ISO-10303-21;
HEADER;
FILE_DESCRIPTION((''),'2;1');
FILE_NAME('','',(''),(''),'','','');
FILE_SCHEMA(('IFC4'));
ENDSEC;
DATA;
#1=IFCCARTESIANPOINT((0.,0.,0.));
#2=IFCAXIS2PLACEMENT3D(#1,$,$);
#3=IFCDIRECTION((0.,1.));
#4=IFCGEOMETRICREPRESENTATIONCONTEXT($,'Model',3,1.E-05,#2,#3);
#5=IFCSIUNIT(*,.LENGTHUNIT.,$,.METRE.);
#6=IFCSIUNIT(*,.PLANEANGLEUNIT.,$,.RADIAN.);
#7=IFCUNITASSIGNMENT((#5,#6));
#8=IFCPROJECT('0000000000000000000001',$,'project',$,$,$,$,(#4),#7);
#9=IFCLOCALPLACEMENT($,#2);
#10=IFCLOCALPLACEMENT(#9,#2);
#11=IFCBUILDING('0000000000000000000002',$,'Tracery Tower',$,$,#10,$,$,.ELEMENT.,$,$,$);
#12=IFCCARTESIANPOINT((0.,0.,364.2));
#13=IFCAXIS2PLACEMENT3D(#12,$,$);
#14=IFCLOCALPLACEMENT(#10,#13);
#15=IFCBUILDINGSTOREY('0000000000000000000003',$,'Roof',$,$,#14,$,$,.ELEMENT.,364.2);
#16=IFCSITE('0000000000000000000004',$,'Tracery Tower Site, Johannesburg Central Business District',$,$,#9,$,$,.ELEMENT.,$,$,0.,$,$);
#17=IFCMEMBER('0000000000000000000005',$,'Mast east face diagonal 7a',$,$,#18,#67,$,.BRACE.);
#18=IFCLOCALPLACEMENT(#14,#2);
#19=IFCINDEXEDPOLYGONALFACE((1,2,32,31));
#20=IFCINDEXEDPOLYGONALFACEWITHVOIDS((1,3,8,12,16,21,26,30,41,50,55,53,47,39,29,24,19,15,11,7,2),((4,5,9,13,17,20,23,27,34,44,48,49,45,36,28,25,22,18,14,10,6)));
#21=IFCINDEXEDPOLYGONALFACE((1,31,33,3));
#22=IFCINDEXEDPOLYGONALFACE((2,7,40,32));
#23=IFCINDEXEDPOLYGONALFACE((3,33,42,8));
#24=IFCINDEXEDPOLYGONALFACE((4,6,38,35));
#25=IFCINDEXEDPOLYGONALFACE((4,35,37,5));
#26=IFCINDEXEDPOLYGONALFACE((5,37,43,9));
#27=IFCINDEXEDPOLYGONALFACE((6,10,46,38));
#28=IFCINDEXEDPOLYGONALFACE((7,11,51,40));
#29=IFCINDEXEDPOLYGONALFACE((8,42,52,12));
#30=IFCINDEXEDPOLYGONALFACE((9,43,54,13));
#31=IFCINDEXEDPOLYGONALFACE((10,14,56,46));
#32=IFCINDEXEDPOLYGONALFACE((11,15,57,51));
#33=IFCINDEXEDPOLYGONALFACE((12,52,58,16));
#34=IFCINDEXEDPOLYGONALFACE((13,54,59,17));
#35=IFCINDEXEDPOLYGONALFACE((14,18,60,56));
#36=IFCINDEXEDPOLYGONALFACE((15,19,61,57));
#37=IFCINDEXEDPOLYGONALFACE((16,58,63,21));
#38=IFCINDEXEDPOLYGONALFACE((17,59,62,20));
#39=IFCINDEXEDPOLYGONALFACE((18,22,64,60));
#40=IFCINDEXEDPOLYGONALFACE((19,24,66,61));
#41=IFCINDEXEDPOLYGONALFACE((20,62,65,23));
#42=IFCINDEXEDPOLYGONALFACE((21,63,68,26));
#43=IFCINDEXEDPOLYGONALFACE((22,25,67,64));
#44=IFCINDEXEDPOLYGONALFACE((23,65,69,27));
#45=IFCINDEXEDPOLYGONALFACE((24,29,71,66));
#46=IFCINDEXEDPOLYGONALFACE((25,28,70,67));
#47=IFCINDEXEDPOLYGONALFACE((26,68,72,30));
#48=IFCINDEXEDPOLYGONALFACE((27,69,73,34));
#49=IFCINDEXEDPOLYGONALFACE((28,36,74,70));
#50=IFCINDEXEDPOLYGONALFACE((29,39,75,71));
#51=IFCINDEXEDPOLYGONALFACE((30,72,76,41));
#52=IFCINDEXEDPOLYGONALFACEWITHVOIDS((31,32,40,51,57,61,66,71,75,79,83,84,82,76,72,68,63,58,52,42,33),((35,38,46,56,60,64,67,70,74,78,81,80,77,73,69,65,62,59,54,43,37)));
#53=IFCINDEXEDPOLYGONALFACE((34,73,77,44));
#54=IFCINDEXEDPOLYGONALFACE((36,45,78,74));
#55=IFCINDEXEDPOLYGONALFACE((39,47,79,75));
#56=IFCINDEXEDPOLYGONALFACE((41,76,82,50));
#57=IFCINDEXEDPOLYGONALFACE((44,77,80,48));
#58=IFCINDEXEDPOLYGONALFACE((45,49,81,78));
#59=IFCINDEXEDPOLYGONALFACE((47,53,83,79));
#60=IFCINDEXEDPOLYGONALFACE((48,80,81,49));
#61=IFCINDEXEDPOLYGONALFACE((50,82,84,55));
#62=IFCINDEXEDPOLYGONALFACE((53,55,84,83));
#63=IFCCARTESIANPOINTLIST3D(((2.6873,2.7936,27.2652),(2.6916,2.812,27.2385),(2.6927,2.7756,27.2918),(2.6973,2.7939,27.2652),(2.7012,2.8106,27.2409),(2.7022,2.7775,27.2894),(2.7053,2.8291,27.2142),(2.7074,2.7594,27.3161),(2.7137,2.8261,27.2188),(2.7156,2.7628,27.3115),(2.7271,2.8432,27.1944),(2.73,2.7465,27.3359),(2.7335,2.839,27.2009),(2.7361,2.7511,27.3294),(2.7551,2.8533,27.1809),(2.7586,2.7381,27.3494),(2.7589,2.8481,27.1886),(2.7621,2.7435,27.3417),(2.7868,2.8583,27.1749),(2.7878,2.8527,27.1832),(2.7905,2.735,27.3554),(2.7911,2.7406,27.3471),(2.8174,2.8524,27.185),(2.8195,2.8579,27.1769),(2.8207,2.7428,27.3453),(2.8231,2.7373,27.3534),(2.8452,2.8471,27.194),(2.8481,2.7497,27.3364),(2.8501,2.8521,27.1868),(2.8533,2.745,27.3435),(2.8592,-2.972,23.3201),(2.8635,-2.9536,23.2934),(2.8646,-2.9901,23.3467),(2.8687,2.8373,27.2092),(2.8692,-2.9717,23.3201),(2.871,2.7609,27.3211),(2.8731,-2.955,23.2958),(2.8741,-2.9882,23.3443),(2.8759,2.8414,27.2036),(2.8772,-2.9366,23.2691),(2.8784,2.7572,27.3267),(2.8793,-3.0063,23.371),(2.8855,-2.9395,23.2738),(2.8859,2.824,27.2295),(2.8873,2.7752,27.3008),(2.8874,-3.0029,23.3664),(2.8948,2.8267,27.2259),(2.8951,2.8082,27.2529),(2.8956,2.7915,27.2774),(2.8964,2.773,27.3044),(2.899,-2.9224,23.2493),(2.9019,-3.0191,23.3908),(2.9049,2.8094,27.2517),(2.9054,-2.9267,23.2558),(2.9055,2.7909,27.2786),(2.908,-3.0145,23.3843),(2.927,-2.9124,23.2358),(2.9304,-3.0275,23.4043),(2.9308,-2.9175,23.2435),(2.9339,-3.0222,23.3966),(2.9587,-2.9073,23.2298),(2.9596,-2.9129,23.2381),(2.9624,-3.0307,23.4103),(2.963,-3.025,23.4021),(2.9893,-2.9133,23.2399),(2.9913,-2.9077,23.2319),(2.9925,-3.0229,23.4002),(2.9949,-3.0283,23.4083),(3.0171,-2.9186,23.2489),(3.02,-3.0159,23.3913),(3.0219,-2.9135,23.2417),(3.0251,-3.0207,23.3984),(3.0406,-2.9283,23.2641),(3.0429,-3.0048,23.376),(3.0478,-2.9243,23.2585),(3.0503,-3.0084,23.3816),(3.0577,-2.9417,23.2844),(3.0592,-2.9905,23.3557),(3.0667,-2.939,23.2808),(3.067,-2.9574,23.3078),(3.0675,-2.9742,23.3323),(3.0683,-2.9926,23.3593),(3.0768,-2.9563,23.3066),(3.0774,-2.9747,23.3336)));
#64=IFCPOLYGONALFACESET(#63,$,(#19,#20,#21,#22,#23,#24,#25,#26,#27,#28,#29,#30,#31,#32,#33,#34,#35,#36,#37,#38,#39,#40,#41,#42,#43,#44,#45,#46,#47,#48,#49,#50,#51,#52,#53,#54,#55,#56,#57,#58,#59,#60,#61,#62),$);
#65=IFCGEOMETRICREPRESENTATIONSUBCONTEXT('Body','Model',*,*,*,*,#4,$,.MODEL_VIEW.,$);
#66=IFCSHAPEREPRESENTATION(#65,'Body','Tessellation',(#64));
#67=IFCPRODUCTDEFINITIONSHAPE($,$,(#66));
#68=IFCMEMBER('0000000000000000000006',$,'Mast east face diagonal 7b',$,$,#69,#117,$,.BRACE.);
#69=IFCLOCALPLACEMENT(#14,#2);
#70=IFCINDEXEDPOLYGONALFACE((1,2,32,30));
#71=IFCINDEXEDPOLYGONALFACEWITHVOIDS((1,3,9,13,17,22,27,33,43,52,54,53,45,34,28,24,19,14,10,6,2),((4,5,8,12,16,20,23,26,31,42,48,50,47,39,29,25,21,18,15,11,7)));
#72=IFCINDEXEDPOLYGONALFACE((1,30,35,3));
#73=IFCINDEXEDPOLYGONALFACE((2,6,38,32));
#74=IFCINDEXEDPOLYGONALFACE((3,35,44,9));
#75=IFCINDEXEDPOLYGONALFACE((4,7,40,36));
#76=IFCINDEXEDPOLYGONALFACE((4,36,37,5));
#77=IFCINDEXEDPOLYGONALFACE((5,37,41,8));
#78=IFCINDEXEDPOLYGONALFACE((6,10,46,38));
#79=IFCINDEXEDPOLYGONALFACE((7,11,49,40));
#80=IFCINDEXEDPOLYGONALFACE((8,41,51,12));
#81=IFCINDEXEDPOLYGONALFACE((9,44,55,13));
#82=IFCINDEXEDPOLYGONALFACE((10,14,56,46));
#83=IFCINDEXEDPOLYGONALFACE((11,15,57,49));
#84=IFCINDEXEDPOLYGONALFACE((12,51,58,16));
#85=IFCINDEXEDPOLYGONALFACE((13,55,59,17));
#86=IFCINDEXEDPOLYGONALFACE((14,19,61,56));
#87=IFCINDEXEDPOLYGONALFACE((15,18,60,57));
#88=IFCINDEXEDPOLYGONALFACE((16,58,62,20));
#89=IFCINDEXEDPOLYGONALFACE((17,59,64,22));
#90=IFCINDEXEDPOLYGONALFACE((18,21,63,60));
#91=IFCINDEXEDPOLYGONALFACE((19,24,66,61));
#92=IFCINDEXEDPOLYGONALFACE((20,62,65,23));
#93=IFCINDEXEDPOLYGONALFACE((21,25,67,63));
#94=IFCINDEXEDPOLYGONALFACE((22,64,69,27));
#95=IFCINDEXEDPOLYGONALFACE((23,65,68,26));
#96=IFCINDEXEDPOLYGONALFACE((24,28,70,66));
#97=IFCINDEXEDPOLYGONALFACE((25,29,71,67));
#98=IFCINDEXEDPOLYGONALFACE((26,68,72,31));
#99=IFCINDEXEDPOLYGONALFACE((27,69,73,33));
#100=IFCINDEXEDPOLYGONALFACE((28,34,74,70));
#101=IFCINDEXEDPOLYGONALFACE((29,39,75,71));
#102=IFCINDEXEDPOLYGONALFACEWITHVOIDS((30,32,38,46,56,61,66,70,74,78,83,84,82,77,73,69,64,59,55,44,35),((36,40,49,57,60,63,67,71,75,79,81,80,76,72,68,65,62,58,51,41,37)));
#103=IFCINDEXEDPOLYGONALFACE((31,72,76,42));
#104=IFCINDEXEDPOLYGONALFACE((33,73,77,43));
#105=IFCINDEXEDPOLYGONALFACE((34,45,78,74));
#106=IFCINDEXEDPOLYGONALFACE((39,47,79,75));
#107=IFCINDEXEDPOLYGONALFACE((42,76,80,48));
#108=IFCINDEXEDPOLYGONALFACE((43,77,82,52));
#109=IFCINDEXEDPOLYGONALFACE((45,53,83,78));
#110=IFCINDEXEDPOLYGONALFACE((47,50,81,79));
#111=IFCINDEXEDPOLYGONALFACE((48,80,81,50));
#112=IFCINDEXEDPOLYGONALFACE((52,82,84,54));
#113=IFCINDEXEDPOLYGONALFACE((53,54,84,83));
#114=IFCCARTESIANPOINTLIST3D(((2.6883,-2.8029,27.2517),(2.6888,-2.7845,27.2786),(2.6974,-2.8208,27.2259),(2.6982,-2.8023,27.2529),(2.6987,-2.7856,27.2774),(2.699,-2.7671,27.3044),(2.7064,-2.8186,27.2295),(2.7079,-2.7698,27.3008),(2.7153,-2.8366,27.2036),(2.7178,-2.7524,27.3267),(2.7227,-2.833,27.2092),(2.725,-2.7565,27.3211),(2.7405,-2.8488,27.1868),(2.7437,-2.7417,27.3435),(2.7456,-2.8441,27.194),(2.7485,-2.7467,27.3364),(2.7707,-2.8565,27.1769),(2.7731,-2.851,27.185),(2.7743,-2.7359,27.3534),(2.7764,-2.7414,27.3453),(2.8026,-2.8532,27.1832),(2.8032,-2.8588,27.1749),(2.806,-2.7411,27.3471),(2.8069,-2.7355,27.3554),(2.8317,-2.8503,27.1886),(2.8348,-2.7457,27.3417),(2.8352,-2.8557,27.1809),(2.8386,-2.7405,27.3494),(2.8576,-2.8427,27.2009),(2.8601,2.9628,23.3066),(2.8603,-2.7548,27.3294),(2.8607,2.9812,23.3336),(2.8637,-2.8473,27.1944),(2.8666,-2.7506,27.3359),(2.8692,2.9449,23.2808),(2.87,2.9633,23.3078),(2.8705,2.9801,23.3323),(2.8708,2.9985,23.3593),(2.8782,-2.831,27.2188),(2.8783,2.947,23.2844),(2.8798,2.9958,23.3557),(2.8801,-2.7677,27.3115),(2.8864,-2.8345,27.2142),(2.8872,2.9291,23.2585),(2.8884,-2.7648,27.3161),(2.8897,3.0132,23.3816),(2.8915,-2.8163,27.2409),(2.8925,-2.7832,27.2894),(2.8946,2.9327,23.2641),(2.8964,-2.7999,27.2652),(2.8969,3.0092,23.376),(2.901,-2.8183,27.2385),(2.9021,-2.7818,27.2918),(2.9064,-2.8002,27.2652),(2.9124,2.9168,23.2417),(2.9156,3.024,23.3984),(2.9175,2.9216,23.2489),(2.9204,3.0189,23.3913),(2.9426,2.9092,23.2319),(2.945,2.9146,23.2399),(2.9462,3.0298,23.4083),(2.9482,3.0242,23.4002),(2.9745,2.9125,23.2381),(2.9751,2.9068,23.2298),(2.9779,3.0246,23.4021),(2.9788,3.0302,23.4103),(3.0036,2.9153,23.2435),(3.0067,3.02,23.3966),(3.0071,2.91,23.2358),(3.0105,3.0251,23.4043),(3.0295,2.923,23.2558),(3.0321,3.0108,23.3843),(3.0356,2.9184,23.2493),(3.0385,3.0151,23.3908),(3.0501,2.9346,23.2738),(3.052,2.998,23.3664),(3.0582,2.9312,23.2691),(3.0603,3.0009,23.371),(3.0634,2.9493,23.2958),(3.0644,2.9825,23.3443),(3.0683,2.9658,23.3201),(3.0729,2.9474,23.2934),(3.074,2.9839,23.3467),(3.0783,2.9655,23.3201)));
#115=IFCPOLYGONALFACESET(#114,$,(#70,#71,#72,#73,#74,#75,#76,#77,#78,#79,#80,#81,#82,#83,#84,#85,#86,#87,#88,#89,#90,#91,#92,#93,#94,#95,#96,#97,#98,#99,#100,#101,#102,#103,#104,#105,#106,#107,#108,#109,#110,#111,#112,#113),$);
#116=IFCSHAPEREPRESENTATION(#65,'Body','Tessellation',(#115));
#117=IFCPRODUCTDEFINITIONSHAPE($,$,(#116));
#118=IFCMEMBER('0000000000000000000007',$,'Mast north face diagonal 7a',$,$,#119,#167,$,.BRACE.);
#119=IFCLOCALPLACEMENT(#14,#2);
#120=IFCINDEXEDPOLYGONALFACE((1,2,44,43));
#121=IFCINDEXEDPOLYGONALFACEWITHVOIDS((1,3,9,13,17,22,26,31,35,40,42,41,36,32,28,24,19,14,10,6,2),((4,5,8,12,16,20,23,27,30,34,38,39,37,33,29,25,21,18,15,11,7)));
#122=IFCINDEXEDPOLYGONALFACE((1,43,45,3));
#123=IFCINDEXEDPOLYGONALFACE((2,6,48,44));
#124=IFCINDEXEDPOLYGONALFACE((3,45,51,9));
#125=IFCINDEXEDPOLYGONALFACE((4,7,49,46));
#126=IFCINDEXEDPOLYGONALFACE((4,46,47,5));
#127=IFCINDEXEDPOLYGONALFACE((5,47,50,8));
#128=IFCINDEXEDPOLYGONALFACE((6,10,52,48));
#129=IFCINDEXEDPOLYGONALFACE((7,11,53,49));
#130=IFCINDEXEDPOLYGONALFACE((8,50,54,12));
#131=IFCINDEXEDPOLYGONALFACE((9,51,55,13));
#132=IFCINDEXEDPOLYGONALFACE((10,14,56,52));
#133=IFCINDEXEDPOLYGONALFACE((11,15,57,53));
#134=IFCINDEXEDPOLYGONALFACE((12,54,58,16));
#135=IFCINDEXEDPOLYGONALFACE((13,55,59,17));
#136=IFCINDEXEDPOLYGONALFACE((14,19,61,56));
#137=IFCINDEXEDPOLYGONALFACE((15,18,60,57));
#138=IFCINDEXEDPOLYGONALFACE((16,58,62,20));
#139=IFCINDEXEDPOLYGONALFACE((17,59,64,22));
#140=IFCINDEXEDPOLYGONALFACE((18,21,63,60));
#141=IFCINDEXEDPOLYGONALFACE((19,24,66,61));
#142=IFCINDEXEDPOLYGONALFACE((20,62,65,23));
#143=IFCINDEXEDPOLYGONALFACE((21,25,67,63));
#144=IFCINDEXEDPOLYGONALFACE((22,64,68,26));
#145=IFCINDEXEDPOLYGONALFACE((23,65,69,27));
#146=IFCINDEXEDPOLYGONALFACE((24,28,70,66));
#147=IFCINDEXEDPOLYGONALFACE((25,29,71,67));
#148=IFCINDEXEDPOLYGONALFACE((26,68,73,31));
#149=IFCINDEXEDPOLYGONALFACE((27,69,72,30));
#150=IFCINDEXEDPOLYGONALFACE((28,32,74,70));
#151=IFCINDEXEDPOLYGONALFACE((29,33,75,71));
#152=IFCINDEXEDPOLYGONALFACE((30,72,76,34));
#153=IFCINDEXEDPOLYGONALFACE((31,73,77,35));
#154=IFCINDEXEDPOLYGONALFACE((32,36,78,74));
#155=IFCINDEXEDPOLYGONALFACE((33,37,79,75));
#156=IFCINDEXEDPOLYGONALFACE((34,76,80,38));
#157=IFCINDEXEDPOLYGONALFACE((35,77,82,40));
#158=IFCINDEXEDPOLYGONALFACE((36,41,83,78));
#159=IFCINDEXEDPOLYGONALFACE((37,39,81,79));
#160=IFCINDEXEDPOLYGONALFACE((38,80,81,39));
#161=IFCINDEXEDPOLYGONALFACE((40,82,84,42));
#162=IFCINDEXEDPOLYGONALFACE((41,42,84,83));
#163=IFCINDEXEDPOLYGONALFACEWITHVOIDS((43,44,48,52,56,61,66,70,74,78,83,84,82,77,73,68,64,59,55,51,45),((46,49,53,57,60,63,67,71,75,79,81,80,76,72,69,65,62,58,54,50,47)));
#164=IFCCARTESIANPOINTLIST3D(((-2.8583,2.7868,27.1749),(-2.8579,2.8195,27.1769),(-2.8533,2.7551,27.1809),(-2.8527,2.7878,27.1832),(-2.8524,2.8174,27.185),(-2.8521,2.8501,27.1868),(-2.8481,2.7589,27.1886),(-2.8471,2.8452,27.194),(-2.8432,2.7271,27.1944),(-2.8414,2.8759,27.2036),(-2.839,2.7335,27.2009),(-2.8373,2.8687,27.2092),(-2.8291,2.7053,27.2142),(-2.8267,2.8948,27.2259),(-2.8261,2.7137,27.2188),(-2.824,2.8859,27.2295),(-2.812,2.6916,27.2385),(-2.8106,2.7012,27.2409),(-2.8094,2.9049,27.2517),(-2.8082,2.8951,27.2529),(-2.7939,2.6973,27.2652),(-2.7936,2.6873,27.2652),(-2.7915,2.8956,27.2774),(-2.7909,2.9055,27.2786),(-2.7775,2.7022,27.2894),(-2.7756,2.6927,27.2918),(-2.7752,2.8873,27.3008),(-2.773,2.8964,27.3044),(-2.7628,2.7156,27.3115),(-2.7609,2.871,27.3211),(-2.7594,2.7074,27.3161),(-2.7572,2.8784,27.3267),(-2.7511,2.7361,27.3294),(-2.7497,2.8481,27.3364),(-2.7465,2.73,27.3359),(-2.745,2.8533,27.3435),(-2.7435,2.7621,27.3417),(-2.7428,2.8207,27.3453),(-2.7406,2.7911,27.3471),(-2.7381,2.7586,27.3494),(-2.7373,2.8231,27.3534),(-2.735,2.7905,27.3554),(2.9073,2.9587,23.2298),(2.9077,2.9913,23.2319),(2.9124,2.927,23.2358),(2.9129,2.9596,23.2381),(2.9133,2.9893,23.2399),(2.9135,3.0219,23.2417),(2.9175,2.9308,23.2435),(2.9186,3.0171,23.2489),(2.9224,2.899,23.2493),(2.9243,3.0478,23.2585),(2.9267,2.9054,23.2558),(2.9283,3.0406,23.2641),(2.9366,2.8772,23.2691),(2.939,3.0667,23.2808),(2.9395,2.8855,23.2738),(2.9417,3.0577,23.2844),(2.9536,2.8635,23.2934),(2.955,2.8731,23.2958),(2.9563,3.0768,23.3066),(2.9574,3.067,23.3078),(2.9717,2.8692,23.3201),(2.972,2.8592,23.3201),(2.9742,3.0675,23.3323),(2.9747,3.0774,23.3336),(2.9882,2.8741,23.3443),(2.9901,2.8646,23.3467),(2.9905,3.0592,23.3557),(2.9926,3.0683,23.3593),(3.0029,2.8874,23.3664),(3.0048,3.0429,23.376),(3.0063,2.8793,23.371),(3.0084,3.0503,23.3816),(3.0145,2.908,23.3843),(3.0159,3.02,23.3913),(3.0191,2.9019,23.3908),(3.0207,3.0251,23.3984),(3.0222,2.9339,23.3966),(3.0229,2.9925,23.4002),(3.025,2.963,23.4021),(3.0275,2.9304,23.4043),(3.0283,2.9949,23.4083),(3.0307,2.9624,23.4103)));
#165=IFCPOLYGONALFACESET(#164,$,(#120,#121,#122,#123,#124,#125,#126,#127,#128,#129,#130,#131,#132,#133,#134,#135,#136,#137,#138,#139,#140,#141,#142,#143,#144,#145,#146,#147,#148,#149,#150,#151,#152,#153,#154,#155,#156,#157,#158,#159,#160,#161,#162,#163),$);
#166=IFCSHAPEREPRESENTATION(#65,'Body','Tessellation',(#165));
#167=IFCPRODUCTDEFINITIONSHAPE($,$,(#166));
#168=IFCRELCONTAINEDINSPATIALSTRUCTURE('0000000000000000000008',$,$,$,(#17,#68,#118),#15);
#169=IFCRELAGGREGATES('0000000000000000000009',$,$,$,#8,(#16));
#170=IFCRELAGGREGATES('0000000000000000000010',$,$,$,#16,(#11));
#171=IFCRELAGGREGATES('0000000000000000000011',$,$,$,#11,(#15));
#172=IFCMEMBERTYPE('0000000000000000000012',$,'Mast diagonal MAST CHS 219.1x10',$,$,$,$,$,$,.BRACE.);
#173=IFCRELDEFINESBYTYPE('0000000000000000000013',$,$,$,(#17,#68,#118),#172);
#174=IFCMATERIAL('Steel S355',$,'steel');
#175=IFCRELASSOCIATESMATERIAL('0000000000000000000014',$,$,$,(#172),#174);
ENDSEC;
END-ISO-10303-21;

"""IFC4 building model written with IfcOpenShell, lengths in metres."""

from ifc_helpers import new_model, si_unit, direction, frame, origin, origin_2d, place, context, subcontext, project, spatial, hollow_circle, extrude, material, material_profile, profile_set, type_object, element, save


model = new_model("IFC4")

# Units and contexts
model_context = context("Model", 3, precision=1e-05, world=origin(), true_north=direction((0.0, 1.0)))
body_context = subcontext(model_context, "Body", "Model", "MODEL_VIEW")
ifc_project = project(units=[si_unit("LENGTHUNIT", "METRE"), si_unit("PLANEANGLEUNIT", "RADIAN")], contexts=[model_context])

# Site, building, storey
site_placement = place(None, origin())
site = spatial("IfcSite", under=ifc_project, at=site_placement, Name="Tracery Tower Site, Johannesburg Central Business District", CompositionType="ELEMENT", RefElevation=0.0)
building_placement = place(site_placement, origin())
building = spatial("IfcBuilding", under=site, at=building_placement, Name="Tracery Tower", CompositionType="ELEMENT")
storey_placement = place(building_placement, frame((0.0, 0.0, 364.2)))
storey = spatial("IfcBuildingStorey", under=building, at=storey_placement, Name="Roof", CompositionType="ELEMENT", Elevation=364.2)

# Members
ifc_material_1 = material(Name="Steel S355", Category="steel")
ifc_material_profile_1 = material_profile(ifc_material_1, hollow_circle(Radius=0.1096, WallThickness=0.01, at=origin_2d()), Name="CHS 219.1x10")
ifc_profile_set_1 = profile_set([ifc_material_profile_1], Name="Steel S355")
member_type_1 = type_object("IfcMemberType", Name="Mast diagonal MAST CHS 219.1x10", PredefinedType="BRACE", material=ifc_profile_set_1)
for number, where, z_axis, x_axis, name in (
    (1, (2.9688, -2.9688, 23.3201), (-0.024595, 0.825046, 0.564529), (-0.999556, -0.029797, 0.0), "Mast east face diagonal 7a"),
    (2, (2.9688, 2.9688, 23.3201), (-0.024595, -0.825046, 0.564529), (0.999556, -0.029797, 0.0), "Mast east face diagonal 7b"),
    (3, (2.9688, 2.9688, 23.3201), (-0.825046, -0.024595, 0.564529), (0.029797, -0.999556, 0.0), "Mast north face diagonal 7a"),
):
    element("IfcMember", number, at=place(storey_placement, frame(where, z_axis=z_axis, x_axis=x_axis)), inside=storey, type_object=member_type_1, Name=name, PredefinedType="BRACE", context=body_context, shape_type="SweptSolid", body=[
        extrude(hollow_circle(Radius=0.1096, WallThickness=0.01, at=origin_2d()), origin(), (0.0, 0.0, 1.0), 6.9883),
    ])

save(model, "model.ifc")
